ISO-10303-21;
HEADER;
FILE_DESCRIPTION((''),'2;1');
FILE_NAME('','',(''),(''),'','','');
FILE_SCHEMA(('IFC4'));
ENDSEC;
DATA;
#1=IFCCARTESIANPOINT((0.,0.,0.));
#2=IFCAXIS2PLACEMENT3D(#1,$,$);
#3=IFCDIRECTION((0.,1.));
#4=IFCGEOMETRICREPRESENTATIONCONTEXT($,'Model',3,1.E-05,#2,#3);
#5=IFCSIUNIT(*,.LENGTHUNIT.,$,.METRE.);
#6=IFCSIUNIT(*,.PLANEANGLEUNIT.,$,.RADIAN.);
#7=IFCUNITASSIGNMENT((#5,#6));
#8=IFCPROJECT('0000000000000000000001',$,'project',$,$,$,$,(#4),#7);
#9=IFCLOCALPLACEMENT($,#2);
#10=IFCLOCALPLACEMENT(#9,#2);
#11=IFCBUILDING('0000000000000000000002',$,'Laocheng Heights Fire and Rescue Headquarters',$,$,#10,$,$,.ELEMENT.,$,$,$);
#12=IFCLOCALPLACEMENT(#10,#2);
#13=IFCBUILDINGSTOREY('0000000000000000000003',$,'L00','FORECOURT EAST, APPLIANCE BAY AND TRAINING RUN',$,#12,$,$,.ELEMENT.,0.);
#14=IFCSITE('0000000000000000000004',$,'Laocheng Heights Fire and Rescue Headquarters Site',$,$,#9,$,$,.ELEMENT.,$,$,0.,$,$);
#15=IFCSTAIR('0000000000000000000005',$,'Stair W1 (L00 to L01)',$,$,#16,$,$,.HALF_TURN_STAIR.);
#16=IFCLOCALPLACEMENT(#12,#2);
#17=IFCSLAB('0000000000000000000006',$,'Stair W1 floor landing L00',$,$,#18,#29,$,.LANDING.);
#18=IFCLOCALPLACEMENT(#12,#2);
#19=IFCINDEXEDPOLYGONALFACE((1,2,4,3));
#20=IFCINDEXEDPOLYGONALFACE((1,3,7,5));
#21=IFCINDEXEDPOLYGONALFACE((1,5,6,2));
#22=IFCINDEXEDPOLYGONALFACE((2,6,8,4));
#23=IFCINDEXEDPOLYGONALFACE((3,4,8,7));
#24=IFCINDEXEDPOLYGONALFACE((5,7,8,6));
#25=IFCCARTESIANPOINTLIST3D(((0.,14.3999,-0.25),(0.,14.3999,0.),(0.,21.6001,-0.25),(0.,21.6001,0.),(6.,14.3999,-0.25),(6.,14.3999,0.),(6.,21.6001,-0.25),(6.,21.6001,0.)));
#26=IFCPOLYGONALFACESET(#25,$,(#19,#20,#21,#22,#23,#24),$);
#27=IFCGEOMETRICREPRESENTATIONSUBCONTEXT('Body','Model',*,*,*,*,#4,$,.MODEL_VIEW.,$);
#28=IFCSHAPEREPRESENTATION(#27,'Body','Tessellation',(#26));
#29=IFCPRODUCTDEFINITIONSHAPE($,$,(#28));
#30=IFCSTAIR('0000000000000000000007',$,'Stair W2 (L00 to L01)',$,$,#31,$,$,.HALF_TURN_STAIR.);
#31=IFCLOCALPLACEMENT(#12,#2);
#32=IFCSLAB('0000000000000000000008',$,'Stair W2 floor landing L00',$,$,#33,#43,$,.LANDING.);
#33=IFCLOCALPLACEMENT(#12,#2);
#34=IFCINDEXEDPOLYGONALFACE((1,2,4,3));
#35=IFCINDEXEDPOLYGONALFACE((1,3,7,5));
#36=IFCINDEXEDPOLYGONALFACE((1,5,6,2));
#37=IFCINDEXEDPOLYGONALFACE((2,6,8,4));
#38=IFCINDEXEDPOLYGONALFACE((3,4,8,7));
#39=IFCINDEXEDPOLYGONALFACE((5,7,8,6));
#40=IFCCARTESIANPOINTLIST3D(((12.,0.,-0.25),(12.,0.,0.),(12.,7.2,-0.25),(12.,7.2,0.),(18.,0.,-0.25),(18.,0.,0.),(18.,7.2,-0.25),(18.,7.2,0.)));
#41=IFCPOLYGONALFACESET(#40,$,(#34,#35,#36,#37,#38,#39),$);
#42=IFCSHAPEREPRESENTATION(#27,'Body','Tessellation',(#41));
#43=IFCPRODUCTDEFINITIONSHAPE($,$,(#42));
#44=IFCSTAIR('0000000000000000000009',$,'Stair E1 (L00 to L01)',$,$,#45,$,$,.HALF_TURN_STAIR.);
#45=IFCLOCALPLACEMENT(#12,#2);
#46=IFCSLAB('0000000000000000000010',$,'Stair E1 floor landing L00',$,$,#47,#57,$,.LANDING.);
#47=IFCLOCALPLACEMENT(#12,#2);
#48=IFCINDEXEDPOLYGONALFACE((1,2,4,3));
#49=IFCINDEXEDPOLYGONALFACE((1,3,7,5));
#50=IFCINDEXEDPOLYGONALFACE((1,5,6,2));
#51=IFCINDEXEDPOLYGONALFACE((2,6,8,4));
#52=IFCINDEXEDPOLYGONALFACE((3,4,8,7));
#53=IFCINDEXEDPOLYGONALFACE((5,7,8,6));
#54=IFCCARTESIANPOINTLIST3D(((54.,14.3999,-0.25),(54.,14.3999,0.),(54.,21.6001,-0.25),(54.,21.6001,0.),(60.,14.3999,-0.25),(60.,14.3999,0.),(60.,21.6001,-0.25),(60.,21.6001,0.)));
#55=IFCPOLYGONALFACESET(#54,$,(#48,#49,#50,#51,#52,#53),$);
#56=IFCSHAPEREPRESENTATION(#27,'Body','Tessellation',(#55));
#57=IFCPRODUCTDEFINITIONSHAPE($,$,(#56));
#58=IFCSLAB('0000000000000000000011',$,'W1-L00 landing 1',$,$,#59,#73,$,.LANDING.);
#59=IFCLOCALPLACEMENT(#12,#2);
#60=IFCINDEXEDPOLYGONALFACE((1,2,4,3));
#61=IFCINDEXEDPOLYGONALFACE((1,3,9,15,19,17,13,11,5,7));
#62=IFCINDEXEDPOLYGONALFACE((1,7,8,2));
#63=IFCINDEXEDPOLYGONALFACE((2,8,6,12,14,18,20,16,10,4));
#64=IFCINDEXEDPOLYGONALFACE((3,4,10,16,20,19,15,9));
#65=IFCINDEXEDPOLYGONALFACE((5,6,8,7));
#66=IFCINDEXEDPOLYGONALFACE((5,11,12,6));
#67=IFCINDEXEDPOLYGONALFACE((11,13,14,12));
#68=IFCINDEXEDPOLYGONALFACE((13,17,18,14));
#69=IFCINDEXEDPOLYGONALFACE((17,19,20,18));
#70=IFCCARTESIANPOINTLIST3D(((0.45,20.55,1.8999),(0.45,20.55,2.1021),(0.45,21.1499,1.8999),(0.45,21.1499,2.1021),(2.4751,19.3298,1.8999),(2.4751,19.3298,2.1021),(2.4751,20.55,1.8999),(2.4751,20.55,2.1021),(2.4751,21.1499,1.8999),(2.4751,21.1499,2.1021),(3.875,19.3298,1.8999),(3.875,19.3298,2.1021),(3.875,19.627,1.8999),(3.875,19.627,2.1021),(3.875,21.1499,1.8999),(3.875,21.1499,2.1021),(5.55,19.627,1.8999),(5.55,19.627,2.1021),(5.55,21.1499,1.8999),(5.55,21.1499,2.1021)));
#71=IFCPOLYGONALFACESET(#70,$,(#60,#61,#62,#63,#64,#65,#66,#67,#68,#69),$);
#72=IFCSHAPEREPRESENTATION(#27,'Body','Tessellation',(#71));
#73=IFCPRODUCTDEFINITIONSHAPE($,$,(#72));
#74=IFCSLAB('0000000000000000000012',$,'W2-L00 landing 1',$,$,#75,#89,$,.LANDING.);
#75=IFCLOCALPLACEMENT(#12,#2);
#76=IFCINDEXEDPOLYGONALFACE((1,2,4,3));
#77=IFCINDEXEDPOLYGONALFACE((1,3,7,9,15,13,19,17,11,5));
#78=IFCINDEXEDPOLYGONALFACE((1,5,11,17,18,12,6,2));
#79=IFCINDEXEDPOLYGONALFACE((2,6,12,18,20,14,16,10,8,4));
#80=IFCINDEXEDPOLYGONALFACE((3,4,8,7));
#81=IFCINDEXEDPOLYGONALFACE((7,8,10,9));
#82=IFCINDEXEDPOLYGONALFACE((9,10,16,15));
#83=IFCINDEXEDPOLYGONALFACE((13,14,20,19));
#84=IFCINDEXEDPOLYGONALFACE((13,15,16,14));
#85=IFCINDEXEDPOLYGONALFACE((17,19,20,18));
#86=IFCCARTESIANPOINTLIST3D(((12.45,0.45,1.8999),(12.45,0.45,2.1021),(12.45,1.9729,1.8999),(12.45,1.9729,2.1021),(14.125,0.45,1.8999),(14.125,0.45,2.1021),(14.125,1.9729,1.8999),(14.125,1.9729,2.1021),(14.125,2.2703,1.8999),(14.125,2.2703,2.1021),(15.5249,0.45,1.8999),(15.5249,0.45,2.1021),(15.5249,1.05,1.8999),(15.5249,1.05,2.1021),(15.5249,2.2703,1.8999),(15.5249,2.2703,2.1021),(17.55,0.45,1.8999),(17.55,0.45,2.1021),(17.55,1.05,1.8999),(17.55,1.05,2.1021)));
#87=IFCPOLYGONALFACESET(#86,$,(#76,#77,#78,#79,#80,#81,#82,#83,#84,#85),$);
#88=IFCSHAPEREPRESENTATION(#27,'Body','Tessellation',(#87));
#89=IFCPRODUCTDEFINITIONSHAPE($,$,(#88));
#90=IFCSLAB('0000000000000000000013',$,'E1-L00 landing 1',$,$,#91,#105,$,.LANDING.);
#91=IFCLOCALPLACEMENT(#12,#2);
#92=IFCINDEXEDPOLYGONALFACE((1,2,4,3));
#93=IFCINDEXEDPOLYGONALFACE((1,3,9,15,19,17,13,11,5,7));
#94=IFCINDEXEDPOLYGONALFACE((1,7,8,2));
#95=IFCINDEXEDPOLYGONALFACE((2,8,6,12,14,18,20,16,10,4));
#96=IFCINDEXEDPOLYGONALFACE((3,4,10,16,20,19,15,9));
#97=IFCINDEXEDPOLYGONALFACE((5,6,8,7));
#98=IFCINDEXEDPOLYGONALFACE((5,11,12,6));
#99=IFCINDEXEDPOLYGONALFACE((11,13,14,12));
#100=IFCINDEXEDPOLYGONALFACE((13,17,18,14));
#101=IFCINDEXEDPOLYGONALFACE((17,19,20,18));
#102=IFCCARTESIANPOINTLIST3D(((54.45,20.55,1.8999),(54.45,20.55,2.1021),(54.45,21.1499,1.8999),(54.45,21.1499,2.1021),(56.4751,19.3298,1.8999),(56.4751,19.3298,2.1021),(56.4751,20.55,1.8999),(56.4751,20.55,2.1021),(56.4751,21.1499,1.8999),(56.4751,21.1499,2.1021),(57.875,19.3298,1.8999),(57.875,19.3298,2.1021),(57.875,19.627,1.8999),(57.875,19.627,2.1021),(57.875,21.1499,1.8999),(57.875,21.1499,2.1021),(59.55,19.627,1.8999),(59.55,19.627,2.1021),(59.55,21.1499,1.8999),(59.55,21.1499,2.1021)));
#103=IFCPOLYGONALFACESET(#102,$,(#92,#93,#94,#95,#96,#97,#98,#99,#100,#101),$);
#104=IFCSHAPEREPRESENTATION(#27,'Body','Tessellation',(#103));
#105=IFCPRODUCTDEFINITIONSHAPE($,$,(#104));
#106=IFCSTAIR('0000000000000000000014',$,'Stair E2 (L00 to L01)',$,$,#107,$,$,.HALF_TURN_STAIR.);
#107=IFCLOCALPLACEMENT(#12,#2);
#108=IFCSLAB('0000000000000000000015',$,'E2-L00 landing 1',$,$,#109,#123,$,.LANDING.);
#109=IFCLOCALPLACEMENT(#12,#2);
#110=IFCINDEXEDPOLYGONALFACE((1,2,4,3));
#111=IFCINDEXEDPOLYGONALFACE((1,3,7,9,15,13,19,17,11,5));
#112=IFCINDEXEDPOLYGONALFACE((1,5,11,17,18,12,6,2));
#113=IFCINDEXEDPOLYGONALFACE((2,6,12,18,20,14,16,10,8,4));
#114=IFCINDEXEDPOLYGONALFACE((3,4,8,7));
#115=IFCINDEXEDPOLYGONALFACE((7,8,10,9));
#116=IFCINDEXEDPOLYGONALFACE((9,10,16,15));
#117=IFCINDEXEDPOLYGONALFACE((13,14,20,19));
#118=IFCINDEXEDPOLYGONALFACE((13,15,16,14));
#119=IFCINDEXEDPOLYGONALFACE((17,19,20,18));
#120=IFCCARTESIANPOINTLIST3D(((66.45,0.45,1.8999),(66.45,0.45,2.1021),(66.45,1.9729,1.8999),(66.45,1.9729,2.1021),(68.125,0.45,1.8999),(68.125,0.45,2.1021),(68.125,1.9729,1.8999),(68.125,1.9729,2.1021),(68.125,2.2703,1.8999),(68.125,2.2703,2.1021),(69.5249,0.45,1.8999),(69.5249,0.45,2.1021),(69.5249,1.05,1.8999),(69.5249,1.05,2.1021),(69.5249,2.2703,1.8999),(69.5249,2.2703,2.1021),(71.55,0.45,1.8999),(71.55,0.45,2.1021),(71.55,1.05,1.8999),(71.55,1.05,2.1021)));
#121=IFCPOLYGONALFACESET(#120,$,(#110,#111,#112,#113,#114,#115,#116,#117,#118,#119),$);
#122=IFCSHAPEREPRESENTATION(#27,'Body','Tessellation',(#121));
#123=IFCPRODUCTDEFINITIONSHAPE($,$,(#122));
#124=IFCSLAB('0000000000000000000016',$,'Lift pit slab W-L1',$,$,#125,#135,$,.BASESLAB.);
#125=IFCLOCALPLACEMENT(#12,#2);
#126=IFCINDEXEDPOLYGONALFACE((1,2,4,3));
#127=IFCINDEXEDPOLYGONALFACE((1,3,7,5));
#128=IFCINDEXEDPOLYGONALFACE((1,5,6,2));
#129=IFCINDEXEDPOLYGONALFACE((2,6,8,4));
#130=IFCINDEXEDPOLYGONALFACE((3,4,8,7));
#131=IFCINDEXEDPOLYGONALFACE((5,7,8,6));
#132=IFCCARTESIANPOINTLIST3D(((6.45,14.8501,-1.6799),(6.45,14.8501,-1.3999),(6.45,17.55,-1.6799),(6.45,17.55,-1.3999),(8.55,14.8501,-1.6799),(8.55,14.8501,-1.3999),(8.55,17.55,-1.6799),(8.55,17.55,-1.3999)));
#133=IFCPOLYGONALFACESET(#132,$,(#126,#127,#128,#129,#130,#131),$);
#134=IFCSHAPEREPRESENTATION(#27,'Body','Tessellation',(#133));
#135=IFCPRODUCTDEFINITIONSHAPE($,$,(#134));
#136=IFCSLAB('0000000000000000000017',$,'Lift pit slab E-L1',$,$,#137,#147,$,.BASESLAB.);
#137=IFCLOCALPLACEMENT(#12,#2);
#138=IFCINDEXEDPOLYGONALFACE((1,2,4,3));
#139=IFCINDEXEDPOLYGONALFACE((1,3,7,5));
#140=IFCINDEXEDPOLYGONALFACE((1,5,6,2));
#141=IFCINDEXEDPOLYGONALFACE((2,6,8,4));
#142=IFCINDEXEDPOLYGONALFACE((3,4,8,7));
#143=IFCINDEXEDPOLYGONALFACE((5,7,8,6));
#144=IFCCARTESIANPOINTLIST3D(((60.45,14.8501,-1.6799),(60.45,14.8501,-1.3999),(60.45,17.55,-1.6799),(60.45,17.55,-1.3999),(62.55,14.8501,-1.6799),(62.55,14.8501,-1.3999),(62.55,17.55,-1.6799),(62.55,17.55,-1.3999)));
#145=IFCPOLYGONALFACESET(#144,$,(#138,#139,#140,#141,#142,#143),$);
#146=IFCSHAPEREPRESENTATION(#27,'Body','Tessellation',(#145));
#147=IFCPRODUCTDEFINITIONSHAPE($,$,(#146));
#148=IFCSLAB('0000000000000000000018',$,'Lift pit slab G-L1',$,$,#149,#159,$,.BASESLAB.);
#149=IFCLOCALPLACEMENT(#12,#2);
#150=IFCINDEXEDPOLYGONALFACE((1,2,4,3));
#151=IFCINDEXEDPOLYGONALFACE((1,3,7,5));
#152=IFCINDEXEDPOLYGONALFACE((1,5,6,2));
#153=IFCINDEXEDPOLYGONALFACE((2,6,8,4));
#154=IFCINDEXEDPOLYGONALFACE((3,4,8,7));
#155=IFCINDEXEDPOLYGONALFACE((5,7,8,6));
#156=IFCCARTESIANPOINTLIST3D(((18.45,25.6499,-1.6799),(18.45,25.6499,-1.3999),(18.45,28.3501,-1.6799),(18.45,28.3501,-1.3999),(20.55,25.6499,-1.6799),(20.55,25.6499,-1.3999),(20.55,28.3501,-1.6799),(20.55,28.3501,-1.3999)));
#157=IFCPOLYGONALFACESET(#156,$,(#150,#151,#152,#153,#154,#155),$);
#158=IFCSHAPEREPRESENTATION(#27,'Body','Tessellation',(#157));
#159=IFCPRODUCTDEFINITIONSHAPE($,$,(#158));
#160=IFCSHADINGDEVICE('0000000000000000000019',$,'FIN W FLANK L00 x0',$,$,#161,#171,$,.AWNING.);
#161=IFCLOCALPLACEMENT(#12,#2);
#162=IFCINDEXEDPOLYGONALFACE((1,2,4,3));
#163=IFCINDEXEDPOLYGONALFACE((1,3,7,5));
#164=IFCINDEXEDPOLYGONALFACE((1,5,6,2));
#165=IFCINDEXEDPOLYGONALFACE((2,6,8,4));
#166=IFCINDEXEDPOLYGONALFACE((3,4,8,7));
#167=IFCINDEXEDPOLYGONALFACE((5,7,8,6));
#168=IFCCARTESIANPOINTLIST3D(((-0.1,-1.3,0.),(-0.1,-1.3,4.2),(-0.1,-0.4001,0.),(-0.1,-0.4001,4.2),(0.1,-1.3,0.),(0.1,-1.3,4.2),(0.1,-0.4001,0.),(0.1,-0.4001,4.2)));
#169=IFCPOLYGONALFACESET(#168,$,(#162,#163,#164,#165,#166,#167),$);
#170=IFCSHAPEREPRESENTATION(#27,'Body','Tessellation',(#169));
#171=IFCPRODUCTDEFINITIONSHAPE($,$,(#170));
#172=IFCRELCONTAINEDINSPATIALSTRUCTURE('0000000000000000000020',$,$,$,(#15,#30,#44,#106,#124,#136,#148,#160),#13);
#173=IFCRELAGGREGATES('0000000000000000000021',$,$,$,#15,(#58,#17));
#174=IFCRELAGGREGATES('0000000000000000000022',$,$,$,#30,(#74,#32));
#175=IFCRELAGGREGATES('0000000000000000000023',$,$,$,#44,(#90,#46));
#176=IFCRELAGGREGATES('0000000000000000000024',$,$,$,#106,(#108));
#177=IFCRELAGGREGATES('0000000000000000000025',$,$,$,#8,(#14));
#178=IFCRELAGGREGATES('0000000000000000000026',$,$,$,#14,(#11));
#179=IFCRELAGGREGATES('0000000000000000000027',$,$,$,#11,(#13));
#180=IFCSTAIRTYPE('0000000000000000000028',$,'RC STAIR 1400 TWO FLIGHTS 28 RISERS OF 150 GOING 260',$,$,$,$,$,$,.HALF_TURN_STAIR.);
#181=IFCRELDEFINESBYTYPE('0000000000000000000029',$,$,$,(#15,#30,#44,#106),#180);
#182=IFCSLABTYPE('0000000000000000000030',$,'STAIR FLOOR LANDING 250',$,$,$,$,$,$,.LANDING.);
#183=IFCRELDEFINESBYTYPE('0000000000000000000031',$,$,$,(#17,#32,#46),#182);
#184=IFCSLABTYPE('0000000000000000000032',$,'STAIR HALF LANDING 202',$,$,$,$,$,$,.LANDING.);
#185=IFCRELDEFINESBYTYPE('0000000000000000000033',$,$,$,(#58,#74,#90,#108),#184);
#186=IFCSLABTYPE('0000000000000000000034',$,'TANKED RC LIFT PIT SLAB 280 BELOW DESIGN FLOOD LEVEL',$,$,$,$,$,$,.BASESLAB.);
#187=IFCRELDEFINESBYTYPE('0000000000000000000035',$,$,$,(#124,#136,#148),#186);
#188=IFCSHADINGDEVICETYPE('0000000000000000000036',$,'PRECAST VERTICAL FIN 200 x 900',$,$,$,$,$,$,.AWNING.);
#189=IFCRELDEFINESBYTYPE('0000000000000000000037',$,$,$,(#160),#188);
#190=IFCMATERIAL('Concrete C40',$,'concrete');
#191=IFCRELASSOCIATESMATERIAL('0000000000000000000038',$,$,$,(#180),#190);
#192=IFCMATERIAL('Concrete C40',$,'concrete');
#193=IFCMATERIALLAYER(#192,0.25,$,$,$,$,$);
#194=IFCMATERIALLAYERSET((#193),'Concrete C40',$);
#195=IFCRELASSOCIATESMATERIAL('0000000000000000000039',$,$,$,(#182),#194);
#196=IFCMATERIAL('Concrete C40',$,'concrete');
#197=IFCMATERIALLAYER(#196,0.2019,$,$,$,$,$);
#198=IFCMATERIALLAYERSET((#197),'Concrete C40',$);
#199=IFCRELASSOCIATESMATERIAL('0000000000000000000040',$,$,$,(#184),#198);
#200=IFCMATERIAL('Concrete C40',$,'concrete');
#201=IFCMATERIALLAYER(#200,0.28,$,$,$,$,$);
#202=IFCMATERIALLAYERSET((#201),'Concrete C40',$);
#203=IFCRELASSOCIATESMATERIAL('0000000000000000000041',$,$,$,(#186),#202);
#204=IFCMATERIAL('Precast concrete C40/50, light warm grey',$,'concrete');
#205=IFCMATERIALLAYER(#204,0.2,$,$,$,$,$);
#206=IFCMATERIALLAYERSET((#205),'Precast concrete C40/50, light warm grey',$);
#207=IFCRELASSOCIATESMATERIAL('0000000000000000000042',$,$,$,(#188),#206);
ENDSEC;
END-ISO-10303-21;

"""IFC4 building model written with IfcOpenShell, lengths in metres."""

from ifc_helpers import new_model, si_unit, direction, frame, origin, origin_2d, place, context, subcontext, project, spatial, polyline, rectangle, outline, extrude, material, layer, layer_set, type_object, element, aggregate, save


model = new_model("IFC4")

# Units and contexts
model_context = context("Model", 3, precision=1e-05, world=origin(), true_north=direction((0.0, 1.0)))
body_context = subcontext(model_context, "Body", "Model", "MODEL_VIEW")
ifc_project = project(units=[si_unit("LENGTHUNIT", "METRE"), si_unit("PLANEANGLEUNIT", "RADIAN")], contexts=[model_context])

# Site, building, storey
site_placement = place(None, origin())
site = spatial("IfcSite", under=ifc_project, at=site_placement, Name="Laocheng Heights Fire and Rescue Headquarters Site", CompositionType="ELEMENT", RefElevation=0.0)
building_placement = place(site_placement, origin())
building = spatial("IfcBuilding", under=site, at=building_placement, Name="Laocheng Heights Fire and Rescue Headquarters", CompositionType="ELEMENT")
storey_placement = place(building_placement, origin())
storey = spatial("IfcBuildingStorey", under=building, at=storey_placement, Name="L00", Description="FORECOURT EAST, APPLIANCE BAY AND TRAINING RUN", CompositionType="ELEMENT", Elevation=0.0)

# Stairs, slabs
ifc_material_1 = material(Name="Concrete C40", Category="concrete")
stair_type = type_object("IfcStairType", Name="RC STAIR 1400 TWO FLIGHTS 28 RISERS OF 150 GOING 260", PredefinedType="HALF_TURN_STAIR", material=ifc_material_1)
stair_1_placement = place(storey_placement, origin())
stair_1 = element("IfcStair", 1, at=stair_1_placement, inside=storey, type_object=stair_type, Name="Stair W1 (L00 to L01)", PredefinedType="HALF_TURN_STAIR")
ifc_material_2 = material(Name="Concrete C40", Category="concrete")
ifc_layer_1 = layer(ifc_material_2, 0.25)
ifc_layer_set_1 = layer_set([ifc_layer_1], Name="Concrete C40")
slab_type_1 = type_object("IfcSlabType", Name="STAIR FLOOR LANDING 250", PredefinedType="LANDING", material=ifc_layer_set_1)
slab_1_placement = place(storey_placement, frame((0.0, 0.0, -0.25)))
slab_1 = element("IfcSlab", 2, at=slab_1_placement, type_object=slab_type_1, Name="Stair W1 floor landing L00", PredefinedType="LANDING", context=body_context, shape_type="SweptSolid", body=[
    extrude(outline(polyline([(6.0, 14.3999), (6.0, 21.6001), (0.0, 21.6001), (0.0, 14.3999), (6.0, 14.3999)])), origin(), (0.0, 0.0, 1.0), 0.25),
])
stair_2_placement = place(storey_placement, origin())
stair_2 = element("IfcStair", 3, at=stair_2_placement, inside=storey, type_object=stair_type, Name="Stair W2 (L00 to L01)", PredefinedType="HALF_TURN_STAIR")
slab_2_placement = place(storey_placement, frame((0.0, 0.0, -0.25)))
slab_2 = element("IfcSlab", 4, at=slab_2_placement, type_object=slab_type_1, Name="Stair W2 floor landing L00", PredefinedType="LANDING", context=body_context, shape_type="SweptSolid", body=[
    extrude(outline(polyline([(18.0, 0.0), (18.0, 7.2), (12.0, 7.2), (12.0, 0.0), (18.0, 0.0)])), origin(), (0.0, 0.0, 1.0), 0.25),
])
stair_3_placement = place(storey_placement, origin())
stair_3 = element("IfcStair", 5, at=stair_3_placement, inside=storey, type_object=stair_type, Name="Stair E1 (L00 to L01)", PredefinedType="HALF_TURN_STAIR")
slab_3_placement = place(storey_placement, frame((0.0, 0.0, -0.25)))
slab_3 = element("IfcSlab", 6, at=slab_3_placement, type_object=slab_type_1, Name="Stair E1 floor landing L00", PredefinedType="LANDING", context=body_context, shape_type="SweptSolid", body=[
    extrude(outline(polyline([(60.0, 14.3999), (60.0, 21.6001), (54.0, 21.6001), (54.0, 14.3999), (60.0, 14.3999)])), origin(), (0.0, 0.0, 1.0), 0.25),
])

# Slabs
ifc_material_3 = material(Name="Concrete C40", Category="concrete")
ifc_layer_2 = layer(ifc_material_3, 0.2019)
ifc_layer_set_2 = layer_set([ifc_layer_2], Name="Concrete C40")
slab_type_2 = type_object("IfcSlabType", Name="STAIR HALF LANDING 202", PredefinedType="LANDING", material=ifc_layer_set_2)
slab_4_placement = place(storey_placement, frame((0.0, 0.0, 1.8999)))
slab_4 = element("IfcSlab", 7, at=slab_4_placement, type_object=slab_type_2, Name="W1-L00 landing 1", PredefinedType="LANDING", context=body_context, shape_type="SweptSolid", body=[
    extrude(outline(polyline([(0.45, 20.55), (0.45, 21.1499), (2.4751, 21.1499), (3.875, 21.1499), (5.55, 21.1499), (5.55, 19.627), (3.875, 19.627), (3.875, 19.3298), (2.4751, 19.3298), (2.4751, 20.55), (0.45, 20.55)])), origin(), (0.0, 0.0, 1.0), 0.2021),
])
aggregate(stair_1, [slab_4, slab_1])
slab_5_placement = place(storey_placement, frame((0.0, 0.0, 1.8999)))
slab_5 = element("IfcSlab", 8, at=slab_5_placement, type_object=slab_type_2, Name="W2-L00 landing 1", PredefinedType="LANDING", context=body_context, shape_type="SweptSolid", body=[
    extrude(outline(polyline([(17.55, 1.05), (17.55, 0.45), (15.5249, 0.45), (14.125, 0.45), (12.45, 0.45), (12.45, 1.9729), (14.125, 1.9729), (14.125, 2.2703), (15.5249, 2.2703), (15.5249, 1.05), (17.55, 1.05)])), origin(), (0.0, 0.0, 1.0), 0.2021),
])
aggregate(stair_2, [slab_5, slab_2])
slab_6_placement = place(storey_placement, frame((0.0, 0.0, 1.8999)))
slab_6 = element("IfcSlab", 9, at=slab_6_placement, type_object=slab_type_2, Name="E1-L00 landing 1", PredefinedType="LANDING", context=body_context, shape_type="SweptSolid", body=[
    extrude(outline(polyline([(54.45, 20.55), (54.45, 21.1499), (56.4751, 21.1499), (57.875, 21.1499), (59.55, 21.1499), (59.55, 19.627), (57.875, 19.627), (57.875, 19.3298), (56.4751, 19.3298), (56.4751, 20.55), (54.45, 20.55)])), origin(), (0.0, 0.0, 1.0), 0.2021),
])
aggregate(stair_3, [slab_6, slab_3])

# Stair, slab
stair_4_placement = place(storey_placement, origin())
stair_4 = element("IfcStair", 10, at=stair_4_placement, inside=storey, type_object=stair_type, Name="Stair E2 (L00 to L01)", PredefinedType="HALF_TURN_STAIR")
slab_7_placement = place(storey_placement, frame((0.0, 0.0, 1.8999)))
slab_7 = element("IfcSlab", 11, at=slab_7_placement, type_object=slab_type_2, Name="E2-L00 landing 1", PredefinedType="LANDING", context=body_context, shape_type="SweptSolid", body=[
    extrude(outline(polyline([(71.55, 1.05), (71.55, 0.45), (69.5249, 0.45), (68.125, 0.45), (66.45, 0.45), (66.45, 1.9729), (68.125, 1.9729), (68.125, 2.2703), (69.5249, 2.2703), (69.5249, 1.05), (71.55, 1.05)])), origin(), (0.0, 0.0, 1.0), 0.2021),
])
aggregate(stair_4, [slab_7])

# Slabs
ifc_material_4 = material(Name="Concrete C40", Category="concrete")
ifc_layer_3 = layer(ifc_material_4, 0.28)
ifc_layer_set_3 = layer_set([ifc_layer_3], Name="Concrete C40")
slab_type_3 = type_object("IfcSlabType", Name="TANKED RC LIFT PIT SLAB 280 BELOW DESIGN FLOOD LEVEL", PredefinedType="BASESLAB", material=ifc_layer_set_3)
slab_8_placement = place(storey_placement, frame((0.0, 0.0, -1.6799)))
element("IfcSlab", 12, at=slab_8_placement, inside=storey, type_object=slab_type_3, Name="Lift pit slab W-L1", PredefinedType="BASESLAB", context=body_context, shape_type="SweptSolid", body=[
    extrude(outline(polyline([(6.45, 17.55), (6.45, 14.8501), (8.55, 14.8501), (8.55, 17.55), (6.45, 17.55)])), origin(), (0.0, 0.0, 1.0), 0.28),
])
slab_9_placement = place(storey_placement, frame((0.0, 0.0, -1.6799)))
element("IfcSlab", 13, at=slab_9_placement, inside=storey, type_object=slab_type_3, Name="Lift pit slab E-L1", PredefinedType="BASESLAB", context=body_context, shape_type="SweptSolid", body=[
    extrude(outline(polyline([(60.45, 17.55), (60.45, 14.8501), (62.55, 14.8501), (62.55, 17.55), (60.45, 17.55)])), origin(), (0.0, 0.0, 1.0), 0.28),
])
slab_10_placement = place(storey_placement, frame((0.0, 0.0, -1.6799)))
element("IfcSlab", 14, at=slab_10_placement, inside=storey, type_object=slab_type_3, Name="Lift pit slab G-L1", PredefinedType="BASESLAB", context=body_context, shape_type="SweptSolid", body=[
    extrude(outline(polyline([(18.45, 28.3501), (18.45, 25.6499), (20.55, 25.6499), (20.55, 28.3501), (18.45, 28.3501)])), origin(), (0.0, 0.0, 1.0), 0.28),
])

# Shading device
ifc_material_5 = material(Name="Precast concrete C40/50, light warm grey", Category="concrete")
ifc_layer_4 = layer(ifc_material_5, 0.2)
ifc_layer_set_4 = layer_set([ifc_layer_4], Name="Precast concrete C40/50, light warm grey")
shading_device_type = type_object("IfcShadingDeviceType", Name="PRECAST VERTICAL FIN 200 x 900", PredefinedType="AWNING", material=ifc_layer_set_4)
shading_device_placement = place(storey_placement, frame((0.0, -0.8501, 0.0), z_axis=(0.0, 0.0, 1.0), x_axis=(1.0, 0.0, 0.0)))
element("IfcShadingDevice", 15, at=shading_device_placement, inside=storey, type_object=shading_device_type, Name="FIN W FLANK L00 x0", PredefinedType="AWNING", context=body_context, shape_type="SweptSolid", body=[
    extrude(rectangle(XDim=0.2, YDim=0.8999, at=origin_2d()), origin(), (0.0, 0.0, 1.0), 4.2),
])

save(model, "model.ifc")
